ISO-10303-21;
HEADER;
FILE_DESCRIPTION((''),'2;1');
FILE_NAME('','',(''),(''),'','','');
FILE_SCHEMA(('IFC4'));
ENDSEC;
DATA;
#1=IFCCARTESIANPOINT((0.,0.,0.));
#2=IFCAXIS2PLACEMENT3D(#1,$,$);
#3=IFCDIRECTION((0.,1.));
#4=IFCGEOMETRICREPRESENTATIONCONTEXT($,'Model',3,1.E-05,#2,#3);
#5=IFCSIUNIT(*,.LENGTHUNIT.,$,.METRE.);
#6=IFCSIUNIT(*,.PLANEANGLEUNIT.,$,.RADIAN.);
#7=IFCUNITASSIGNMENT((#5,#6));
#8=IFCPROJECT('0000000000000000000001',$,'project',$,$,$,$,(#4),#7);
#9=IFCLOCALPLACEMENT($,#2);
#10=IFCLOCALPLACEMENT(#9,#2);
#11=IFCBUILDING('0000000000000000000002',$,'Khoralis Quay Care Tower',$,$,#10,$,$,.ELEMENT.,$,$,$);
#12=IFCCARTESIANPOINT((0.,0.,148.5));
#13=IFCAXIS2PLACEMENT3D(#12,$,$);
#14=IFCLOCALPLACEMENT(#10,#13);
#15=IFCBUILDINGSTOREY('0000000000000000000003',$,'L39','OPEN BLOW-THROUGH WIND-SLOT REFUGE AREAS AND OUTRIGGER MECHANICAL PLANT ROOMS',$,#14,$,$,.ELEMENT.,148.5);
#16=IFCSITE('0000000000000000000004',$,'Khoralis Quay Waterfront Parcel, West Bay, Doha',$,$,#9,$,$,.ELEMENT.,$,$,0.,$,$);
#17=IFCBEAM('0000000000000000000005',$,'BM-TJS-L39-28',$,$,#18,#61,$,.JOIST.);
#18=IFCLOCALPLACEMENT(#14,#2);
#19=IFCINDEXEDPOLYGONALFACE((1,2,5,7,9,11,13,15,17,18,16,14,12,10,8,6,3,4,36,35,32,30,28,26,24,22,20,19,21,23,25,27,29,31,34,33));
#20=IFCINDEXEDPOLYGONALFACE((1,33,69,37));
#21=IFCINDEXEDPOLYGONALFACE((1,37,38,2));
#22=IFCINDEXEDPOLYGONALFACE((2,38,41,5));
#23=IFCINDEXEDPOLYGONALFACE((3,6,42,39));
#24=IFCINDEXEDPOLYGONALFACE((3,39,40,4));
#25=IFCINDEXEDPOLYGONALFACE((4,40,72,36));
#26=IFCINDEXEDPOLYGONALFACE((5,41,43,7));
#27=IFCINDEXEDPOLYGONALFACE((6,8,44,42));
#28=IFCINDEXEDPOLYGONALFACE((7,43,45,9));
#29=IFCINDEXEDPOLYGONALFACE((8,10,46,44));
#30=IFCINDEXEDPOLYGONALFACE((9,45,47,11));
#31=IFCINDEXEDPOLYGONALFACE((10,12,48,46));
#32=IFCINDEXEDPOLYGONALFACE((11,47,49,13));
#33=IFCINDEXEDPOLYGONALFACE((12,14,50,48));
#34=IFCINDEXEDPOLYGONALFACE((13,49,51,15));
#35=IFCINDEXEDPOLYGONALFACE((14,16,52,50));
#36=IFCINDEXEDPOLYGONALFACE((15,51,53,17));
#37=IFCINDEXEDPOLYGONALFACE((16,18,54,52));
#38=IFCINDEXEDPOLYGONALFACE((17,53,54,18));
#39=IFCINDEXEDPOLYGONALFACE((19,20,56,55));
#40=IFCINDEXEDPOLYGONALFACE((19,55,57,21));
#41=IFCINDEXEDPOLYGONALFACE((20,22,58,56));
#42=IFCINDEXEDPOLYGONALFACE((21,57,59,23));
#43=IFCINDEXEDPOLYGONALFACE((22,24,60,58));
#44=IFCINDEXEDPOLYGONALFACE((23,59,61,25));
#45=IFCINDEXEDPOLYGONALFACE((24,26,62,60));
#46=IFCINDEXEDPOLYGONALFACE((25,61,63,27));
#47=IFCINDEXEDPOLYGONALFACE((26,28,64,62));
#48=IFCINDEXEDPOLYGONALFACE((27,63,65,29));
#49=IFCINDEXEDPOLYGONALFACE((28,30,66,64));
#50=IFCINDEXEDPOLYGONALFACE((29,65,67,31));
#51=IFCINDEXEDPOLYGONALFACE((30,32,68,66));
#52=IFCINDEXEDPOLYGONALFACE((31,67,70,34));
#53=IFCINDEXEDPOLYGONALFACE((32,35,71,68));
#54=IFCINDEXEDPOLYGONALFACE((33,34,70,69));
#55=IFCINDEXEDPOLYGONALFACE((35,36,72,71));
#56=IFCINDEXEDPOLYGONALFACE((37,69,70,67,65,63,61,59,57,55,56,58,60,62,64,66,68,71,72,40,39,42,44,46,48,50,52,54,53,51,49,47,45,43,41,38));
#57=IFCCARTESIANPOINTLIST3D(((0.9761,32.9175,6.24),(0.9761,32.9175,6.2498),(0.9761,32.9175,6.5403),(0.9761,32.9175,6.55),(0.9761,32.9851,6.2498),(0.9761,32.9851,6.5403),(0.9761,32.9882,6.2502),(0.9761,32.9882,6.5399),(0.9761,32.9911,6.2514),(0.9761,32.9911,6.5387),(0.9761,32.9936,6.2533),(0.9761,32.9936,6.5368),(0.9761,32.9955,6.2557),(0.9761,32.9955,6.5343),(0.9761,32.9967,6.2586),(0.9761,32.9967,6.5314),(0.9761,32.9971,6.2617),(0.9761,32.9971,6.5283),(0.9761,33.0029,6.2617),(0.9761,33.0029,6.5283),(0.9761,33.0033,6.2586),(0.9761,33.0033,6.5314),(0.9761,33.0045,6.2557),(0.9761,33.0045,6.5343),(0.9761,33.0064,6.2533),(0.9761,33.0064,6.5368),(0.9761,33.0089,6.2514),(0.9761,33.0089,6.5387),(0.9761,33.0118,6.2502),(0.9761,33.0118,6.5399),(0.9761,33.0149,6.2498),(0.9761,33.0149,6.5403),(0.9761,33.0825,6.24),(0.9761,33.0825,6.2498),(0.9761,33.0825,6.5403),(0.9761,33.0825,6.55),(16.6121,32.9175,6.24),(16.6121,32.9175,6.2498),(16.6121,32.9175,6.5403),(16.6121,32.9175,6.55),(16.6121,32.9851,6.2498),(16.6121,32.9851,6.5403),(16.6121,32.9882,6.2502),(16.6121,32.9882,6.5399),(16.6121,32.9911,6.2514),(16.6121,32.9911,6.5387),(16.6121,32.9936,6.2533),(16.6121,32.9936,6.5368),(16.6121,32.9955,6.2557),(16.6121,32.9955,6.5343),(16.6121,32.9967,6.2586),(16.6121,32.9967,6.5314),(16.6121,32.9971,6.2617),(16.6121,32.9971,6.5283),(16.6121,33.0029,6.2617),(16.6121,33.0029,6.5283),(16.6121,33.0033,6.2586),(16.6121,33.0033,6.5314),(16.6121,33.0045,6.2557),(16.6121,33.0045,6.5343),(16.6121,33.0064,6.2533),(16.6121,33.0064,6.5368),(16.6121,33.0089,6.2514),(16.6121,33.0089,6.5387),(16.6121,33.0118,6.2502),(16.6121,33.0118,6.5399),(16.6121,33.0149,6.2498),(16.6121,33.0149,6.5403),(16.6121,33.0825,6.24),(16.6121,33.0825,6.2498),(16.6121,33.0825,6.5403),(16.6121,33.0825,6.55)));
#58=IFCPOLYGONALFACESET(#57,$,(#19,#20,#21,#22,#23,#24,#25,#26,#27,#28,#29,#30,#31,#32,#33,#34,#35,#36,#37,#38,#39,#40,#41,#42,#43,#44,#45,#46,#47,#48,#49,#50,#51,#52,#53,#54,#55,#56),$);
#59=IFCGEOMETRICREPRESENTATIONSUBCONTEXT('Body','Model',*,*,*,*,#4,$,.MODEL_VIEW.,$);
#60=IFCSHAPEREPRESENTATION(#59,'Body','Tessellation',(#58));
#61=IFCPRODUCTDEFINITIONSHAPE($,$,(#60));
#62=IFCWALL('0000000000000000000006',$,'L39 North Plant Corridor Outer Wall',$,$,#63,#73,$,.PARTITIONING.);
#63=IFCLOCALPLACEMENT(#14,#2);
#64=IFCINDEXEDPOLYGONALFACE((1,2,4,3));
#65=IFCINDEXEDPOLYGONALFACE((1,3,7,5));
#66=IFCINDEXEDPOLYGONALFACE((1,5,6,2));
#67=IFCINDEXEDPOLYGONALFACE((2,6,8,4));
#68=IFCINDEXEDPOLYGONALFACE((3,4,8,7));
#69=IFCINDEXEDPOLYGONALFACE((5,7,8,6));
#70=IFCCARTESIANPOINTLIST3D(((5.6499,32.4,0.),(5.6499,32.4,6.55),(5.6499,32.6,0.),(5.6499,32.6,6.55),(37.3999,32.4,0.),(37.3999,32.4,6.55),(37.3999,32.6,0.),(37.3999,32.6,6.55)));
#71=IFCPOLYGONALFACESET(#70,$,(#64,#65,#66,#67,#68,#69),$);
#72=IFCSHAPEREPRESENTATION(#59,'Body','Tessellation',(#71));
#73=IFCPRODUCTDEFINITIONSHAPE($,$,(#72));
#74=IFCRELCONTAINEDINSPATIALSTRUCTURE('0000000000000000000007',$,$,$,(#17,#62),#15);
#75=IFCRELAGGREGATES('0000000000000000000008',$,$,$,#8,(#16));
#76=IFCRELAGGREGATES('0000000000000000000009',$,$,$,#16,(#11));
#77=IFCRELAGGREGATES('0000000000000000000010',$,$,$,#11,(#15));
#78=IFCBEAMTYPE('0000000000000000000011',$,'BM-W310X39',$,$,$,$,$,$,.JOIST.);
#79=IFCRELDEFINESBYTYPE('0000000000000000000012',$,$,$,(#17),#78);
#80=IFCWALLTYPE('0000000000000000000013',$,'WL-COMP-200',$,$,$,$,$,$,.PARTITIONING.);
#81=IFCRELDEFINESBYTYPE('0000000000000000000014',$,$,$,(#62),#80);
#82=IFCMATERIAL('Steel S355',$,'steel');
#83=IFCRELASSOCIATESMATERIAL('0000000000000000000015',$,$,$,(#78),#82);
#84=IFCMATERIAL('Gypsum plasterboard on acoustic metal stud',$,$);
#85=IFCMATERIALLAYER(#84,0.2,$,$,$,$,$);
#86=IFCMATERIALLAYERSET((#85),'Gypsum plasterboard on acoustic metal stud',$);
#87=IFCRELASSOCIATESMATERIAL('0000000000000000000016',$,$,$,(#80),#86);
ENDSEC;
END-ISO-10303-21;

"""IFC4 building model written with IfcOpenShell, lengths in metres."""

from ifc_helpers import new_model, si_unit, direction, frame, frame_2d, origin, origin_2d, place, context, subcontext, project, spatial, rectangle, i_section, extrude, source, transform, mapped, material, layer, layer_set, material_profile, profile_set, type_object, element, save


model = new_model("IFC4")

# Units and contexts
model_context = context("Model", 3, precision=1e-05, world=origin(), true_north=direction((0.0, 1.0)))
body_context = subcontext(model_context, "Body", "Model", "MODEL_VIEW")
ifc_project = project(units=[si_unit("LENGTHUNIT", "METRE"), si_unit("PLANEANGLEUNIT", "RADIAN")], contexts=[model_context])

# Site, building, storey
site_placement = place(None, origin())
site = spatial("IfcSite", under=ifc_project, at=site_placement, Name="Khoralis Quay Waterfront Parcel, West Bay, Doha", CompositionType="ELEMENT", RefElevation=0.0)
building_placement = place(site_placement, origin())
building = spatial("IfcBuilding", under=site, at=building_placement, Name="Khoralis Quay Care Tower", CompositionType="ELEMENT")
storey_placement = place(building_placement, frame((0.0, 0.0, 148.5)))
storey = spatial("IfcBuildingStorey", under=building, at=storey_placement, Name="L39", Description="OPEN BLOW-THROUGH WIND-SLOT REFUGE AREAS AND OUTRIGGER MECHANICAL PLANT ROOMS", CompositionType="ELEMENT", Elevation=148.5)

# Beam
ifc_material_1 = material(Name="Steel S355", Category="steel")
ifc_material_profile_1 = material_profile(ifc_material_1, i_section(OverallWidth=0.165, OverallDepth=0.3101, WebThickness=0.0059, FlangeThickness=0.0098, FilletRadius=0.012, at=origin_2d()), Name="Steel S355")
ifc_profile_set_1 = profile_set([ifc_material_profile_1], Name="Steel S355")
beam_type_1 = type_object("IfcBeamType", Name="BM-W310X39", PredefinedType="JOIST", material=ifc_profile_set_1)
shared_shape_1 = source(origin(), body_context, "Body", "SweptSolid", [
    extrude(i_section(OverallWidth=0.165, OverallDepth=0.3101, WebThickness=0.0059, FlangeThickness=0.0098, FilletRadius=0.012, at=origin_2d()), origin(), (0.0, 0.0, 1.0), 15.636),
])
beam_1_placement = place(storey_placement, frame((0.9761, 33.0, 6.395), z_axis=(1.0, 0.0, 0.0), x_axis=(0.0, 1.0, 0.0)))
element("IfcBeam", 1, at=beam_1_placement, inside=storey, type_object=beam_type_1, Name="BM-TJS-L39-28", PredefinedType="JOIST", context=body_context, shape_type="MappedRepresentation", body=[
    mapped(shared_shape_1, transform((0.0, 0.0, 0.0), scale=1.0)),
])

# Wall
ifc_material_2 = material(Name="Gypsum plasterboard on acoustic metal stud")
ifc_layer_1 = layer(ifc_material_2, 0.2)
ifc_layer_set_1 = layer_set([ifc_layer_1], Name="Gypsum plasterboard on acoustic metal stud")
wall_type_1 = type_object("IfcWallType", Name="WL-COMP-200", PredefinedType="PARTITIONING", material=ifc_layer_set_1)
wall_1_placement = place(storey_placement, frame((5.6499, 32.5, 0.0), z_axis=(0.0, 0.0, 1.0), x_axis=(1.0, 0.0, 0.0)))
element("IfcWall", 2, at=wall_1_placement, inside=storey, type_object=wall_type_1, Name="L39 North Plant Corridor Outer Wall", PredefinedType="PARTITIONING", context=body_context, shape_type="SweptSolid", body=[
    extrude(rectangle(XDim=31.75, YDim=0.2, at=frame_2d((15.875, 0.0))), origin(), (0.0, 0.0, 1.0), 6.55),
])

save(model, "model.ifc")
